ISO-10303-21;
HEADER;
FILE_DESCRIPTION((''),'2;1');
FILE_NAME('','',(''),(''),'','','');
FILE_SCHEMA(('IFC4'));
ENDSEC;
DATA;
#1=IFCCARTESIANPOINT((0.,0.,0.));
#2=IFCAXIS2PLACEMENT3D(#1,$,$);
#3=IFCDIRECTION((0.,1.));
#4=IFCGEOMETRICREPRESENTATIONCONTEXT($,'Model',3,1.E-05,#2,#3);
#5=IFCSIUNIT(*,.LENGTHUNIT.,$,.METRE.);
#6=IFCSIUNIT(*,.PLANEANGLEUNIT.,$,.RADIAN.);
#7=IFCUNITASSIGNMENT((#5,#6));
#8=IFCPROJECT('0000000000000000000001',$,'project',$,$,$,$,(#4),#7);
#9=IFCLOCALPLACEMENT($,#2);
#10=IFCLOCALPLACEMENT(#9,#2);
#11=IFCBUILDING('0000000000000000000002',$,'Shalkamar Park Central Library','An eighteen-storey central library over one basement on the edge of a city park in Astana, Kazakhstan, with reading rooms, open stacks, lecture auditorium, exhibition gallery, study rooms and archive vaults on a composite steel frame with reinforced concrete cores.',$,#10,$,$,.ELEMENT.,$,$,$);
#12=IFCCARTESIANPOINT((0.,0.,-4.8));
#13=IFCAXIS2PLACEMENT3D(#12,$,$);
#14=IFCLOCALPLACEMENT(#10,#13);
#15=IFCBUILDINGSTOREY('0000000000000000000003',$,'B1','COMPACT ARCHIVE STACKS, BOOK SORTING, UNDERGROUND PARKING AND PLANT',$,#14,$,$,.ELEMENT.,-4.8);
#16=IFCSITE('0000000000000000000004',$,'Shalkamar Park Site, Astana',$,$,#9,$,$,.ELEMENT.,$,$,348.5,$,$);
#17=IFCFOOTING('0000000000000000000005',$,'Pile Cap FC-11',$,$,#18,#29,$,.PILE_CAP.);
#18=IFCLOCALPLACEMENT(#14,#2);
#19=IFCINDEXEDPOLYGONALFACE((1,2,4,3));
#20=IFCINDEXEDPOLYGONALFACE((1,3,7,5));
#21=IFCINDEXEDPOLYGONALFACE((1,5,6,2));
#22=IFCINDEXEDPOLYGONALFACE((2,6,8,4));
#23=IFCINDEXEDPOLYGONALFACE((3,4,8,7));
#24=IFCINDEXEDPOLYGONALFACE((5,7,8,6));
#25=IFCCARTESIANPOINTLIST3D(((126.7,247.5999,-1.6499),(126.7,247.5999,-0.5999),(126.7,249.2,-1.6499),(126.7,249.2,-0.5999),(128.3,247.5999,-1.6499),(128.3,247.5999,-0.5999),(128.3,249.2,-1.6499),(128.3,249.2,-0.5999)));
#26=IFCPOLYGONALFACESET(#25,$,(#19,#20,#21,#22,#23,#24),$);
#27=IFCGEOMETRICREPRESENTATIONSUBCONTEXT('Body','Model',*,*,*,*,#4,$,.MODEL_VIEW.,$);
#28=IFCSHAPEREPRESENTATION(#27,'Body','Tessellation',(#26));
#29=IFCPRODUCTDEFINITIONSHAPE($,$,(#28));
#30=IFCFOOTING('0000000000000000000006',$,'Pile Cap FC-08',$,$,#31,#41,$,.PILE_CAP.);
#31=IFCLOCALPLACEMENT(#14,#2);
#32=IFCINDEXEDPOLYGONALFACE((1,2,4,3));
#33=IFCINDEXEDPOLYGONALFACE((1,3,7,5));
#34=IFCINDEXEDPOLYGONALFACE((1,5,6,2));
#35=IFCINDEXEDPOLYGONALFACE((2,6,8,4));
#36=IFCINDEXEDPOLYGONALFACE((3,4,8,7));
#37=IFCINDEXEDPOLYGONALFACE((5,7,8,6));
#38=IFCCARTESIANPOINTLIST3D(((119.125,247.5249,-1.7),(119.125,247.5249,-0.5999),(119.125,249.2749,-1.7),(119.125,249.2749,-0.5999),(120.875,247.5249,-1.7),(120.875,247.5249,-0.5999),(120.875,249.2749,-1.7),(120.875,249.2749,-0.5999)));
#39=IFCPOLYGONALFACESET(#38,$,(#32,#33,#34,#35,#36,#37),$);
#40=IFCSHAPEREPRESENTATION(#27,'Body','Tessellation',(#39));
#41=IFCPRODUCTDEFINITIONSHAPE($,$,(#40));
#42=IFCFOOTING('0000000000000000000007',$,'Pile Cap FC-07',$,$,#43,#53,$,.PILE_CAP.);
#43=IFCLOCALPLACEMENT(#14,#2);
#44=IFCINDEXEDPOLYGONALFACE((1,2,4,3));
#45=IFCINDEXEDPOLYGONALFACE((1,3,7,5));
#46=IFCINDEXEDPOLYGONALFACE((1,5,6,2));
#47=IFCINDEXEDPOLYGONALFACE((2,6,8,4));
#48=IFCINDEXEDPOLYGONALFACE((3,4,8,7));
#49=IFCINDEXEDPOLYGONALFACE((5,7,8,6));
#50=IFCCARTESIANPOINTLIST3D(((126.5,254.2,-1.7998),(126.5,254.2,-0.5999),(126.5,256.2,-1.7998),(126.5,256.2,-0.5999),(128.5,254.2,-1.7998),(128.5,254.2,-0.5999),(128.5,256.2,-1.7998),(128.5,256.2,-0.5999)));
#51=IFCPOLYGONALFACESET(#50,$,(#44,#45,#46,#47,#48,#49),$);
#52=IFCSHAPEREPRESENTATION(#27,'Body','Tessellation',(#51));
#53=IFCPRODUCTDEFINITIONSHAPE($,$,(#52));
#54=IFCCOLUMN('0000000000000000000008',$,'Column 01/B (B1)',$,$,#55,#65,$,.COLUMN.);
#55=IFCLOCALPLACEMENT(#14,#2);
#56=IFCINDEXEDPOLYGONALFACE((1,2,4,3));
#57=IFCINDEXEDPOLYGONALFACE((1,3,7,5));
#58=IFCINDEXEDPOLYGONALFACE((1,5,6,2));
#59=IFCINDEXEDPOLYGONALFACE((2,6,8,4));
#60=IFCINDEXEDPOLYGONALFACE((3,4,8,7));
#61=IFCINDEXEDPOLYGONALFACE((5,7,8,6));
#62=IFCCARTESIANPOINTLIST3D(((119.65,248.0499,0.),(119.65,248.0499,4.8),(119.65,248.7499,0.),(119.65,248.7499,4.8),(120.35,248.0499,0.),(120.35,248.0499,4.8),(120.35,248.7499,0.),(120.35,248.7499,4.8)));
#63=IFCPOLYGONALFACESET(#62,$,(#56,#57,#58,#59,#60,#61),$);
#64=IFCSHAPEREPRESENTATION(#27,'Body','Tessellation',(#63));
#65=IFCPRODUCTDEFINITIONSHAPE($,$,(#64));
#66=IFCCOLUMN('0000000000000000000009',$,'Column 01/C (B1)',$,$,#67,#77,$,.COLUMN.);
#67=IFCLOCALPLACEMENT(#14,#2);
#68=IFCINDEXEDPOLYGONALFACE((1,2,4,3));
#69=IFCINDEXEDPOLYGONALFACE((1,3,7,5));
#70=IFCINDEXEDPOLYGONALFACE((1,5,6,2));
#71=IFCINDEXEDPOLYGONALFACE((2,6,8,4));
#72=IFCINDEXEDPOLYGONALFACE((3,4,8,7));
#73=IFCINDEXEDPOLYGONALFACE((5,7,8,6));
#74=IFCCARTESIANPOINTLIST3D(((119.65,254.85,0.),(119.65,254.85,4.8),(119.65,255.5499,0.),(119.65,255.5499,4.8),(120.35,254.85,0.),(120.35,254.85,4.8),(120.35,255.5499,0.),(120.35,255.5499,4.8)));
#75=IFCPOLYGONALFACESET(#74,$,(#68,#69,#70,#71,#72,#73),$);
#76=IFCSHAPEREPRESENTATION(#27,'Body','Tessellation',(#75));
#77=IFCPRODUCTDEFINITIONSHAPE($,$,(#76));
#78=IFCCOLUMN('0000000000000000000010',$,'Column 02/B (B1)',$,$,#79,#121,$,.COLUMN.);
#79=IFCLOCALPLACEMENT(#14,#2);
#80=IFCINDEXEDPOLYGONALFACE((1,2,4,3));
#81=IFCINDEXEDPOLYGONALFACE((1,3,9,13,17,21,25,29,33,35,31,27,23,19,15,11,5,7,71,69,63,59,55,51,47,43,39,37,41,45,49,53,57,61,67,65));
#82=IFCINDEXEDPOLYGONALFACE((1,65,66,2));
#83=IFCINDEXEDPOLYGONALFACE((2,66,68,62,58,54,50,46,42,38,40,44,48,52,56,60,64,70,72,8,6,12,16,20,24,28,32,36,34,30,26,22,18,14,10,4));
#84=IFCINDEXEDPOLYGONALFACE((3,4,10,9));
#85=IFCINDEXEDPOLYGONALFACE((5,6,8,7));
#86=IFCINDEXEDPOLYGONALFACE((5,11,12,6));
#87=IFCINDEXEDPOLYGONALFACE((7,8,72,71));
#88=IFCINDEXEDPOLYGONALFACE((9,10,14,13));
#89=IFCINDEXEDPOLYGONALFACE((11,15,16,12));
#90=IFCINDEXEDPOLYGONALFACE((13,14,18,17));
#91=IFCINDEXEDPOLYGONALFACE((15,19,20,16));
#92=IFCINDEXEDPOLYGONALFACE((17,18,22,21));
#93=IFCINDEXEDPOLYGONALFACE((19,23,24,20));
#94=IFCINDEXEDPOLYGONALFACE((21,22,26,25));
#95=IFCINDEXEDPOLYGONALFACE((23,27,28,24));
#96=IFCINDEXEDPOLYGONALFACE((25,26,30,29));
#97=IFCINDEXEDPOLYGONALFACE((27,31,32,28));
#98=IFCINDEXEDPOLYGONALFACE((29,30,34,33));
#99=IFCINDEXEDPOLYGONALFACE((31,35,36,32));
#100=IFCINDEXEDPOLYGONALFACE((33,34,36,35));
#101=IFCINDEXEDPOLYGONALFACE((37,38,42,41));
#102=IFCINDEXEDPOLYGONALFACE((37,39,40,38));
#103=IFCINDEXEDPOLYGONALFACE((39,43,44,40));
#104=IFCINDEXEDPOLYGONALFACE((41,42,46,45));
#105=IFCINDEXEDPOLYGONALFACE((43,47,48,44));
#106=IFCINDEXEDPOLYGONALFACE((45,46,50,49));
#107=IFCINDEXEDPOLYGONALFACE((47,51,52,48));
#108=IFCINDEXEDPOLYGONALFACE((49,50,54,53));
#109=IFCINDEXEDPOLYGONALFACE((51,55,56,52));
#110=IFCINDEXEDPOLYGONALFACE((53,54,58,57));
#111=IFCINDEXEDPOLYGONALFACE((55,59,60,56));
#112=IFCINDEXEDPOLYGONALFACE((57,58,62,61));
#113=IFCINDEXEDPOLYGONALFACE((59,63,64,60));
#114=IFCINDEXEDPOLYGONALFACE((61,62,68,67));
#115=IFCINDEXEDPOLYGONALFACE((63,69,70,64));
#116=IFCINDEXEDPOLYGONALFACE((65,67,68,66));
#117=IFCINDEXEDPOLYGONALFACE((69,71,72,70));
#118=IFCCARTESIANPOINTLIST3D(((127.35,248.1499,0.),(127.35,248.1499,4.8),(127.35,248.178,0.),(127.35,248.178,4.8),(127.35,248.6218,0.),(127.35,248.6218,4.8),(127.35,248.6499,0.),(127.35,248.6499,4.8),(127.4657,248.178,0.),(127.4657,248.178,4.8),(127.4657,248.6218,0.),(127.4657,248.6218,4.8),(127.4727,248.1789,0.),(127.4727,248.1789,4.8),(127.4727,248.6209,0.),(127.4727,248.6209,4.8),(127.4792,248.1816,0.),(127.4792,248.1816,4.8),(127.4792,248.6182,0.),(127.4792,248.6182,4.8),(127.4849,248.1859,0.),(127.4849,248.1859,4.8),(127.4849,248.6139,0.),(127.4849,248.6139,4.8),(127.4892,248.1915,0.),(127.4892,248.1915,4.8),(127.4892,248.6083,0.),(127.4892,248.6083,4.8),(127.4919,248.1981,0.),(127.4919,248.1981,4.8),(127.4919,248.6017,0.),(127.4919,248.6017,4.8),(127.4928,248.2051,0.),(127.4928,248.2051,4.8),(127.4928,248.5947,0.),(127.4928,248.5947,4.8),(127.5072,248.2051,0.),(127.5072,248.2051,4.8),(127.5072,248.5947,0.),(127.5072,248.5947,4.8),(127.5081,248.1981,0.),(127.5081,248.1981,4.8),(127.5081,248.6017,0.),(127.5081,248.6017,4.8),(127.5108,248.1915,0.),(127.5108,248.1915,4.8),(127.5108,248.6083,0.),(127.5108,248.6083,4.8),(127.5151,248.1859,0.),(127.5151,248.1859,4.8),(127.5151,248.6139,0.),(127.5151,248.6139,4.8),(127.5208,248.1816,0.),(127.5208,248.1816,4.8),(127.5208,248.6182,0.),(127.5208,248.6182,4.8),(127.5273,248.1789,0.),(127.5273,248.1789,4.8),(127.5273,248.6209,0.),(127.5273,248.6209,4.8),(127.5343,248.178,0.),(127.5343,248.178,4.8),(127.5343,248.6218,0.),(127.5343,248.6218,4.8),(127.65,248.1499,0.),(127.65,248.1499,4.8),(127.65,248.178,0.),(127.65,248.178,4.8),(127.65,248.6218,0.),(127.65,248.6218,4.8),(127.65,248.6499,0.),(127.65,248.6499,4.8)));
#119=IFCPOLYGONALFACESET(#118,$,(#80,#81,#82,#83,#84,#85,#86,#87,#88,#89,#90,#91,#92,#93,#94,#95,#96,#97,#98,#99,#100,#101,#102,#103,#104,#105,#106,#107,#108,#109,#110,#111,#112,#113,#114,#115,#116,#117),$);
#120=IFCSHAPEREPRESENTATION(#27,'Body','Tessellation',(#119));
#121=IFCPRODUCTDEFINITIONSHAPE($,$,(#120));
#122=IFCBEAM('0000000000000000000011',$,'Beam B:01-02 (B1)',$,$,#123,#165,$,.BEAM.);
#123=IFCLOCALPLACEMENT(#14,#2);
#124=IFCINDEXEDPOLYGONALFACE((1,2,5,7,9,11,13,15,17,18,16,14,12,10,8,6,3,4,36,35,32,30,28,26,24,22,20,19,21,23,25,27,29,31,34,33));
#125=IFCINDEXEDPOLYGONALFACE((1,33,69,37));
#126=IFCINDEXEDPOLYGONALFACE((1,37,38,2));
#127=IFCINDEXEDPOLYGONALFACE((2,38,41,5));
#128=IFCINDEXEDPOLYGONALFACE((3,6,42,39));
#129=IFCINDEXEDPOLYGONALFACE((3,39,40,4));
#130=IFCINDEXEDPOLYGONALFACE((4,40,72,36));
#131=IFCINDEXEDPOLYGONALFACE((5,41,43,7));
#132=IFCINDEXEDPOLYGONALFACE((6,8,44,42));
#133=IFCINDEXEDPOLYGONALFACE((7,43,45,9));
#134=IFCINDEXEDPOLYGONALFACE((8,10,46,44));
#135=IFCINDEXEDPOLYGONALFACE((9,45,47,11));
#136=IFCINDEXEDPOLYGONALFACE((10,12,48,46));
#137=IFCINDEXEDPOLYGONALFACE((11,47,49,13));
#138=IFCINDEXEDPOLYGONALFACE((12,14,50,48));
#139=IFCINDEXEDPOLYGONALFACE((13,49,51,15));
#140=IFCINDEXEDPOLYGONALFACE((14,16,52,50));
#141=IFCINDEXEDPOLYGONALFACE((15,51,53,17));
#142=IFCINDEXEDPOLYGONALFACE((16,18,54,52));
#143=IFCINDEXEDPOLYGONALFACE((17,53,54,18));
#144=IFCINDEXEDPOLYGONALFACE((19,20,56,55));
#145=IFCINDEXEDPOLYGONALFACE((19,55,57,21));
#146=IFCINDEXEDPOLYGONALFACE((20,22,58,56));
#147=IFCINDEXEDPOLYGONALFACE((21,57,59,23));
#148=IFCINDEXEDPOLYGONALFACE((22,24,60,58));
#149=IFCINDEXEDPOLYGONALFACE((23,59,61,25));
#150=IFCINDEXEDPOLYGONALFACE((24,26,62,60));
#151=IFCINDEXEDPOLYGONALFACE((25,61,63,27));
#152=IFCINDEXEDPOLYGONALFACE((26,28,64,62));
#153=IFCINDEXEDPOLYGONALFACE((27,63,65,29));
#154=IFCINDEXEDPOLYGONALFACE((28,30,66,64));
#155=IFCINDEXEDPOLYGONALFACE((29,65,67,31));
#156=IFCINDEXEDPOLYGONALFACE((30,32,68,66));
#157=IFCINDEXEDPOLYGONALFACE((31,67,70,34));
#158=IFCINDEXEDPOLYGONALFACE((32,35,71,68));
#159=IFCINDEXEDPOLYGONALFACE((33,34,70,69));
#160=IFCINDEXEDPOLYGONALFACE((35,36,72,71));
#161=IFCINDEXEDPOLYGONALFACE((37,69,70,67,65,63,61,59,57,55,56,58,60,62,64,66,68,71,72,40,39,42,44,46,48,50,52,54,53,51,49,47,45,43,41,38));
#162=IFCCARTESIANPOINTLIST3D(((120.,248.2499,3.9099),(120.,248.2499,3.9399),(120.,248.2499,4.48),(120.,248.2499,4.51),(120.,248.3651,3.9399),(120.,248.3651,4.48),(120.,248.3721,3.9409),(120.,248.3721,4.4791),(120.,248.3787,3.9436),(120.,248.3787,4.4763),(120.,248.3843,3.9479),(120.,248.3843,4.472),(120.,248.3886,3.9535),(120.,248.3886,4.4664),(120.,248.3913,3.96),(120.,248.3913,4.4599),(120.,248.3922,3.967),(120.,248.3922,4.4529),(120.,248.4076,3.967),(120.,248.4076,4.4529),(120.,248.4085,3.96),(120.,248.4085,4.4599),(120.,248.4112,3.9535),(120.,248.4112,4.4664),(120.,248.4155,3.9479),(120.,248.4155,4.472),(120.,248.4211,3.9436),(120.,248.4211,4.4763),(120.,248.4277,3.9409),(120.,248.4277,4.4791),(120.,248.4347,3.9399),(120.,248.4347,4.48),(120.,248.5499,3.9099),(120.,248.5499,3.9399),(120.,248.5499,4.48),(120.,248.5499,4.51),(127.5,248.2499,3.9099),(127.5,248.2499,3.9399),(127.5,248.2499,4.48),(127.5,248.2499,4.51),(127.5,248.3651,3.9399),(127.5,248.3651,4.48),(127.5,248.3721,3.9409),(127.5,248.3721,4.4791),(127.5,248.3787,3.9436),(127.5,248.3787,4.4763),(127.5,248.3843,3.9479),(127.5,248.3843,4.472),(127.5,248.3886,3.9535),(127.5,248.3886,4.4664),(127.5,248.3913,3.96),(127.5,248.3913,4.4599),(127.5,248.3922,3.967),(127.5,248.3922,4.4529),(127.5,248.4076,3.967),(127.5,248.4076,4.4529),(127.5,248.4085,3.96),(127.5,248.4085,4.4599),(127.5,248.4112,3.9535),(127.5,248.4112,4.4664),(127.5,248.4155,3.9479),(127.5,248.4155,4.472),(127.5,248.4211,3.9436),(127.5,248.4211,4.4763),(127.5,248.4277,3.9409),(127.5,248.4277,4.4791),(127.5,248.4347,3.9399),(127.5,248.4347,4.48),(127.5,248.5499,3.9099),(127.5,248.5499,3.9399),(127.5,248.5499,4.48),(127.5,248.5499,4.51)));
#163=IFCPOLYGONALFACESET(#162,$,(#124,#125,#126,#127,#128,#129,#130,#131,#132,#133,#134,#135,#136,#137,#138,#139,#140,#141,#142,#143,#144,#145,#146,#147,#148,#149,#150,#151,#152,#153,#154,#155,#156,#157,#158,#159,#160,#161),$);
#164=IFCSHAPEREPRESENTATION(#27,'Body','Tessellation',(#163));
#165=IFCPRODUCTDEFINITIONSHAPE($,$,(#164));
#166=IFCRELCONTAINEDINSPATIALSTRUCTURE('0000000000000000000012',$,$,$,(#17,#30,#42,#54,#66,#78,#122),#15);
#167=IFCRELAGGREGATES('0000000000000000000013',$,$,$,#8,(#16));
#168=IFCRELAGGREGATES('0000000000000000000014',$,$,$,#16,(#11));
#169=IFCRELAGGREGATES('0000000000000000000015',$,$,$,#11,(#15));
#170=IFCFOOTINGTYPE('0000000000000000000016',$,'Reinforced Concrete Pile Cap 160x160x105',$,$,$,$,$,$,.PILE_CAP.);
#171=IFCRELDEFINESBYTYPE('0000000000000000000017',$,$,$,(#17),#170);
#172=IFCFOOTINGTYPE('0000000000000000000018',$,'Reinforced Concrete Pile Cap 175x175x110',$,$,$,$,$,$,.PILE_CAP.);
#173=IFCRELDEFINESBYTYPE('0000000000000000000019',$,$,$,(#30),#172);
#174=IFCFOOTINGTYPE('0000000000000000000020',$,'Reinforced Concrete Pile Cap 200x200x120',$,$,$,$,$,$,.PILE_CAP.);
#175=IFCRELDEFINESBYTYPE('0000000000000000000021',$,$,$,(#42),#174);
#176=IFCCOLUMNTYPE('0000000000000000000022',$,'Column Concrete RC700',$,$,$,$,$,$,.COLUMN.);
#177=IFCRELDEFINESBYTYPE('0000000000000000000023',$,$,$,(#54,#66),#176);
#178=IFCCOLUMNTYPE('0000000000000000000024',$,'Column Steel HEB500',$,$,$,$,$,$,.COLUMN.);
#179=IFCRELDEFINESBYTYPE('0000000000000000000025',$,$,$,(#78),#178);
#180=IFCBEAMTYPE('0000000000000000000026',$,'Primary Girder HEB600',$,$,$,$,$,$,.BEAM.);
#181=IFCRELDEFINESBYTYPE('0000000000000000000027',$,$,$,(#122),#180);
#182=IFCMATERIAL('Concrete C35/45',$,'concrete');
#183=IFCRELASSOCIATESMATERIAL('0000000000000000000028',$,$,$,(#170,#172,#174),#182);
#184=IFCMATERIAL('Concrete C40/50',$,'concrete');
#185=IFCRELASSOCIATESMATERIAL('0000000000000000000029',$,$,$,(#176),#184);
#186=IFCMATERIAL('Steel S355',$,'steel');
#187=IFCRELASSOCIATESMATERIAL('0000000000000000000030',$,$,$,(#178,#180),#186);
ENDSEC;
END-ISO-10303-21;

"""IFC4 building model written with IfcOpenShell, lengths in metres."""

from ifc_helpers import new_model, si_unit, direction, frame, origin, origin_2d, place, context, subcontext, project, spatial, rectangle, i_section, extrude, material, material_profile, profile_set, type_object, element, save


model = new_model("IFC4")

# Units and contexts
model_context = context("Model", 3, precision=1e-05, world=origin(), true_north=direction((0.0, 1.0)))
body_context = subcontext(model_context, "Body", "Model", "MODEL_VIEW")
ifc_project = project(units=[si_unit("LENGTHUNIT", "METRE"), si_unit("PLANEANGLEUNIT", "RADIAN")], contexts=[model_context])

# Site, building, storey
site_placement = place(None, origin())
site = spatial("IfcSite", under=ifc_project, at=site_placement, Name="Shalkamar Park Site, Astana", CompositionType="ELEMENT", RefElevation=348.5)
building_placement = place(site_placement, origin())
building = spatial("IfcBuilding", under=site, at=building_placement, Name="Shalkamar Park Central Library", Description="An eighteen-storey central library over one basement on the edge of a city park in Astana, Kazakhstan, with reading rooms, open stacks, lecture auditorium, exhibition gallery, study rooms and archive vaults on a composite steel frame with reinforced concrete cores.", CompositionType="ELEMENT")
storey_placement = place(building_placement, frame((0.0, 0.0, -4.8)))
storey = spatial("IfcBuildingStorey", under=building, at=storey_placement, Name="B1", Description="COMPACT ARCHIVE STACKS, BOOK SORTING, UNDERGROUND PARKING AND PLANT", CompositionType="ELEMENT", Elevation=-4.8)

# Shared definitions
ifc_material_1 = material(Name="Concrete C35/45", Category="concrete")

# Footings
footing_type_1 = type_object("IfcFootingType", Name="Reinforced Concrete Pile Cap 160x160x105", PredefinedType="PILE_CAP", material=ifc_material_1)
footing_1_placement = place(storey_placement, frame((127.5, 248.3999, -1.6499), z_axis=(0.0, 0.0, 1.0), x_axis=(1.0, 0.0, 0.0)))
element("IfcFooting", 1, at=footing_1_placement, inside=storey, type_object=footing_type_1, Name="Pile Cap FC-11", PredefinedType="PILE_CAP", context=body_context, shape_type="SweptSolid", body=[
    extrude(rectangle(XDim=1.6001, YDim=1.6001, at=origin_2d()), origin(), (0.0, 0.0, 1.0), 1.05),
])
footing_type_2 = type_object("IfcFootingType", Name="Reinforced Concrete Pile Cap 175x175x110", PredefinedType="PILE_CAP", material=ifc_material_1)
footing_2_placement = place(storey_placement, frame((120.0, 248.3999, -1.7), z_axis=(0.0, 0.0, 1.0), x_axis=(1.0, 0.0, 0.0)))
element("IfcFooting", 2, at=footing_2_placement, inside=storey, type_object=footing_type_2, Name="Pile Cap FC-08", PredefinedType="PILE_CAP", context=body_context, shape_type="SweptSolid", body=[
    extrude(rectangle(XDim=1.75, YDim=1.75, at=origin_2d()), origin(), (0.0, 0.0, 1.0), 1.1001),
])
footing_type_3 = type_object("IfcFootingType", Name="Reinforced Concrete Pile Cap 200x200x120", PredefinedType="PILE_CAP", material=ifc_material_1)
footing_3_placement = place(storey_placement, frame((127.5, 255.2, -1.7998), z_axis=(0.0, 0.0, 1.0), x_axis=(1.0, 0.0, 0.0)))
element("IfcFooting", 3, at=footing_3_placement, inside=storey, type_object=footing_type_3, Name="Pile Cap FC-07", PredefinedType="PILE_CAP", context=body_context, shape_type="SweptSolid", body=[
    extrude(rectangle(XDim=2.0, YDim=2.0, at=origin_2d()), origin(), (0.0, 0.0, 1.0), 1.2),
])

# Columns
ifc_material_2 = material(Name="Concrete C40/50", Category="concrete")
ifc_material_profile_1 = material_profile(ifc_material_2, rectangle(XDim=0.7, YDim=0.7, at=origin_2d()), Name="RC 700x700")
ifc_profile_set_1 = profile_set([ifc_material_profile_1], Name="Concrete C40/50")
column_type_1 = type_object("IfcColumnType", Name="Column Concrete RC700", PredefinedType="COLUMN", material=ifc_profile_set_1)
for number, where, z_axis, x_axis, name in (
    (4, (120.0, 248.3999, 0.0), (0.0, 0.0, 1.0), (1.0, 0.0, 0.0), "Column 01/B (B1)"),
    (5, (120.0, 255.2, 0.0), (0.0, 0.0, 1.0), (1.0, 0.0, 0.0), "Column 01/C (B1)"),
):
    element("IfcColumn", number, at=place(storey_placement, frame(where, z_axis=z_axis, x_axis=x_axis)), inside=storey, type_object=column_type_1, Name=name, PredefinedType="COLUMN", context=body_context, shape_type="SweptSolid", body=[
        extrude(rectangle(XDim=0.7, YDim=0.7, at=origin_2d()), origin(), (0.0, 0.0, 1.0), 4.8),
    ])
ifc_material_3 = material(Name="Steel S355", Category="steel")
ifc_material_profile_2 = material_profile(ifc_material_3, i_section(OverallWidth=0.3, OverallDepth=0.5, WebThickness=0.0144, FlangeThickness=0.0281, FilletRadius=0.0271, at=origin_2d()), Name="HEB 500")
ifc_profile_set_2 = profile_set([ifc_material_profile_2], Name="Steel S355")
column_type_2 = type_object("IfcColumnType", Name="Column Steel HEB500", PredefinedType="COLUMN", material=ifc_profile_set_2)
column_placement = place(storey_placement, frame((127.5, 248.3999, 0.0), z_axis=(0.0, 0.0, 1.0), x_axis=(1.0, 0.0, 0.0)))
element("IfcColumn", 6, at=column_placement, inside=storey, type_object=column_type_2, Name="Column 02/B (B1)", PredefinedType="COLUMN", context=body_context, shape_type="SweptSolid", body=[
    extrude(i_section(OverallWidth=0.3, OverallDepth=0.5, WebThickness=0.0144, FlangeThickness=0.0281, FilletRadius=0.0271, at=origin_2d()), origin(), (0.0, 0.0, 1.0), 4.8),
])

# Beam
ifc_material_profile_3 = material_profile(ifc_material_3, i_section(OverallWidth=0.3, OverallDepth=0.6001, WebThickness=0.0154, FlangeThickness=0.03, FilletRadius=0.0271, at=origin_2d()), Name="HEB 600")
ifc_profile_set_3 = profile_set([ifc_material_profile_3], Name="Steel S355")
beam_type_1 = type_object("IfcBeamType", Name="Primary Girder HEB600", PredefinedType="BEAM", material=ifc_profile_set_3)
for number, where, z_axis, x_axis, name in (
    (7, (120.0, 248.3999, 4.21), (1.0, 0.0, 0.0), (0.0, 1.0, 0.0), "Beam B:01-02 (B1)"),
):
    element("IfcBeam", number, at=place(storey_placement, frame(where, z_axis=z_axis, x_axis=x_axis)), inside=storey, type_object=beam_type_1, Name=name, PredefinedType="BEAM", context=body_context, shape_type="SweptSolid", body=[
        extrude(i_section(OverallWidth=0.3, OverallDepth=0.6001, WebThickness=0.0154, FlangeThickness=0.03, FilletRadius=0.0271, at=origin_2d()), origin(), (0.0, 0.0, 1.0), 7.5),
    ])

save(model, "model.ifc")
